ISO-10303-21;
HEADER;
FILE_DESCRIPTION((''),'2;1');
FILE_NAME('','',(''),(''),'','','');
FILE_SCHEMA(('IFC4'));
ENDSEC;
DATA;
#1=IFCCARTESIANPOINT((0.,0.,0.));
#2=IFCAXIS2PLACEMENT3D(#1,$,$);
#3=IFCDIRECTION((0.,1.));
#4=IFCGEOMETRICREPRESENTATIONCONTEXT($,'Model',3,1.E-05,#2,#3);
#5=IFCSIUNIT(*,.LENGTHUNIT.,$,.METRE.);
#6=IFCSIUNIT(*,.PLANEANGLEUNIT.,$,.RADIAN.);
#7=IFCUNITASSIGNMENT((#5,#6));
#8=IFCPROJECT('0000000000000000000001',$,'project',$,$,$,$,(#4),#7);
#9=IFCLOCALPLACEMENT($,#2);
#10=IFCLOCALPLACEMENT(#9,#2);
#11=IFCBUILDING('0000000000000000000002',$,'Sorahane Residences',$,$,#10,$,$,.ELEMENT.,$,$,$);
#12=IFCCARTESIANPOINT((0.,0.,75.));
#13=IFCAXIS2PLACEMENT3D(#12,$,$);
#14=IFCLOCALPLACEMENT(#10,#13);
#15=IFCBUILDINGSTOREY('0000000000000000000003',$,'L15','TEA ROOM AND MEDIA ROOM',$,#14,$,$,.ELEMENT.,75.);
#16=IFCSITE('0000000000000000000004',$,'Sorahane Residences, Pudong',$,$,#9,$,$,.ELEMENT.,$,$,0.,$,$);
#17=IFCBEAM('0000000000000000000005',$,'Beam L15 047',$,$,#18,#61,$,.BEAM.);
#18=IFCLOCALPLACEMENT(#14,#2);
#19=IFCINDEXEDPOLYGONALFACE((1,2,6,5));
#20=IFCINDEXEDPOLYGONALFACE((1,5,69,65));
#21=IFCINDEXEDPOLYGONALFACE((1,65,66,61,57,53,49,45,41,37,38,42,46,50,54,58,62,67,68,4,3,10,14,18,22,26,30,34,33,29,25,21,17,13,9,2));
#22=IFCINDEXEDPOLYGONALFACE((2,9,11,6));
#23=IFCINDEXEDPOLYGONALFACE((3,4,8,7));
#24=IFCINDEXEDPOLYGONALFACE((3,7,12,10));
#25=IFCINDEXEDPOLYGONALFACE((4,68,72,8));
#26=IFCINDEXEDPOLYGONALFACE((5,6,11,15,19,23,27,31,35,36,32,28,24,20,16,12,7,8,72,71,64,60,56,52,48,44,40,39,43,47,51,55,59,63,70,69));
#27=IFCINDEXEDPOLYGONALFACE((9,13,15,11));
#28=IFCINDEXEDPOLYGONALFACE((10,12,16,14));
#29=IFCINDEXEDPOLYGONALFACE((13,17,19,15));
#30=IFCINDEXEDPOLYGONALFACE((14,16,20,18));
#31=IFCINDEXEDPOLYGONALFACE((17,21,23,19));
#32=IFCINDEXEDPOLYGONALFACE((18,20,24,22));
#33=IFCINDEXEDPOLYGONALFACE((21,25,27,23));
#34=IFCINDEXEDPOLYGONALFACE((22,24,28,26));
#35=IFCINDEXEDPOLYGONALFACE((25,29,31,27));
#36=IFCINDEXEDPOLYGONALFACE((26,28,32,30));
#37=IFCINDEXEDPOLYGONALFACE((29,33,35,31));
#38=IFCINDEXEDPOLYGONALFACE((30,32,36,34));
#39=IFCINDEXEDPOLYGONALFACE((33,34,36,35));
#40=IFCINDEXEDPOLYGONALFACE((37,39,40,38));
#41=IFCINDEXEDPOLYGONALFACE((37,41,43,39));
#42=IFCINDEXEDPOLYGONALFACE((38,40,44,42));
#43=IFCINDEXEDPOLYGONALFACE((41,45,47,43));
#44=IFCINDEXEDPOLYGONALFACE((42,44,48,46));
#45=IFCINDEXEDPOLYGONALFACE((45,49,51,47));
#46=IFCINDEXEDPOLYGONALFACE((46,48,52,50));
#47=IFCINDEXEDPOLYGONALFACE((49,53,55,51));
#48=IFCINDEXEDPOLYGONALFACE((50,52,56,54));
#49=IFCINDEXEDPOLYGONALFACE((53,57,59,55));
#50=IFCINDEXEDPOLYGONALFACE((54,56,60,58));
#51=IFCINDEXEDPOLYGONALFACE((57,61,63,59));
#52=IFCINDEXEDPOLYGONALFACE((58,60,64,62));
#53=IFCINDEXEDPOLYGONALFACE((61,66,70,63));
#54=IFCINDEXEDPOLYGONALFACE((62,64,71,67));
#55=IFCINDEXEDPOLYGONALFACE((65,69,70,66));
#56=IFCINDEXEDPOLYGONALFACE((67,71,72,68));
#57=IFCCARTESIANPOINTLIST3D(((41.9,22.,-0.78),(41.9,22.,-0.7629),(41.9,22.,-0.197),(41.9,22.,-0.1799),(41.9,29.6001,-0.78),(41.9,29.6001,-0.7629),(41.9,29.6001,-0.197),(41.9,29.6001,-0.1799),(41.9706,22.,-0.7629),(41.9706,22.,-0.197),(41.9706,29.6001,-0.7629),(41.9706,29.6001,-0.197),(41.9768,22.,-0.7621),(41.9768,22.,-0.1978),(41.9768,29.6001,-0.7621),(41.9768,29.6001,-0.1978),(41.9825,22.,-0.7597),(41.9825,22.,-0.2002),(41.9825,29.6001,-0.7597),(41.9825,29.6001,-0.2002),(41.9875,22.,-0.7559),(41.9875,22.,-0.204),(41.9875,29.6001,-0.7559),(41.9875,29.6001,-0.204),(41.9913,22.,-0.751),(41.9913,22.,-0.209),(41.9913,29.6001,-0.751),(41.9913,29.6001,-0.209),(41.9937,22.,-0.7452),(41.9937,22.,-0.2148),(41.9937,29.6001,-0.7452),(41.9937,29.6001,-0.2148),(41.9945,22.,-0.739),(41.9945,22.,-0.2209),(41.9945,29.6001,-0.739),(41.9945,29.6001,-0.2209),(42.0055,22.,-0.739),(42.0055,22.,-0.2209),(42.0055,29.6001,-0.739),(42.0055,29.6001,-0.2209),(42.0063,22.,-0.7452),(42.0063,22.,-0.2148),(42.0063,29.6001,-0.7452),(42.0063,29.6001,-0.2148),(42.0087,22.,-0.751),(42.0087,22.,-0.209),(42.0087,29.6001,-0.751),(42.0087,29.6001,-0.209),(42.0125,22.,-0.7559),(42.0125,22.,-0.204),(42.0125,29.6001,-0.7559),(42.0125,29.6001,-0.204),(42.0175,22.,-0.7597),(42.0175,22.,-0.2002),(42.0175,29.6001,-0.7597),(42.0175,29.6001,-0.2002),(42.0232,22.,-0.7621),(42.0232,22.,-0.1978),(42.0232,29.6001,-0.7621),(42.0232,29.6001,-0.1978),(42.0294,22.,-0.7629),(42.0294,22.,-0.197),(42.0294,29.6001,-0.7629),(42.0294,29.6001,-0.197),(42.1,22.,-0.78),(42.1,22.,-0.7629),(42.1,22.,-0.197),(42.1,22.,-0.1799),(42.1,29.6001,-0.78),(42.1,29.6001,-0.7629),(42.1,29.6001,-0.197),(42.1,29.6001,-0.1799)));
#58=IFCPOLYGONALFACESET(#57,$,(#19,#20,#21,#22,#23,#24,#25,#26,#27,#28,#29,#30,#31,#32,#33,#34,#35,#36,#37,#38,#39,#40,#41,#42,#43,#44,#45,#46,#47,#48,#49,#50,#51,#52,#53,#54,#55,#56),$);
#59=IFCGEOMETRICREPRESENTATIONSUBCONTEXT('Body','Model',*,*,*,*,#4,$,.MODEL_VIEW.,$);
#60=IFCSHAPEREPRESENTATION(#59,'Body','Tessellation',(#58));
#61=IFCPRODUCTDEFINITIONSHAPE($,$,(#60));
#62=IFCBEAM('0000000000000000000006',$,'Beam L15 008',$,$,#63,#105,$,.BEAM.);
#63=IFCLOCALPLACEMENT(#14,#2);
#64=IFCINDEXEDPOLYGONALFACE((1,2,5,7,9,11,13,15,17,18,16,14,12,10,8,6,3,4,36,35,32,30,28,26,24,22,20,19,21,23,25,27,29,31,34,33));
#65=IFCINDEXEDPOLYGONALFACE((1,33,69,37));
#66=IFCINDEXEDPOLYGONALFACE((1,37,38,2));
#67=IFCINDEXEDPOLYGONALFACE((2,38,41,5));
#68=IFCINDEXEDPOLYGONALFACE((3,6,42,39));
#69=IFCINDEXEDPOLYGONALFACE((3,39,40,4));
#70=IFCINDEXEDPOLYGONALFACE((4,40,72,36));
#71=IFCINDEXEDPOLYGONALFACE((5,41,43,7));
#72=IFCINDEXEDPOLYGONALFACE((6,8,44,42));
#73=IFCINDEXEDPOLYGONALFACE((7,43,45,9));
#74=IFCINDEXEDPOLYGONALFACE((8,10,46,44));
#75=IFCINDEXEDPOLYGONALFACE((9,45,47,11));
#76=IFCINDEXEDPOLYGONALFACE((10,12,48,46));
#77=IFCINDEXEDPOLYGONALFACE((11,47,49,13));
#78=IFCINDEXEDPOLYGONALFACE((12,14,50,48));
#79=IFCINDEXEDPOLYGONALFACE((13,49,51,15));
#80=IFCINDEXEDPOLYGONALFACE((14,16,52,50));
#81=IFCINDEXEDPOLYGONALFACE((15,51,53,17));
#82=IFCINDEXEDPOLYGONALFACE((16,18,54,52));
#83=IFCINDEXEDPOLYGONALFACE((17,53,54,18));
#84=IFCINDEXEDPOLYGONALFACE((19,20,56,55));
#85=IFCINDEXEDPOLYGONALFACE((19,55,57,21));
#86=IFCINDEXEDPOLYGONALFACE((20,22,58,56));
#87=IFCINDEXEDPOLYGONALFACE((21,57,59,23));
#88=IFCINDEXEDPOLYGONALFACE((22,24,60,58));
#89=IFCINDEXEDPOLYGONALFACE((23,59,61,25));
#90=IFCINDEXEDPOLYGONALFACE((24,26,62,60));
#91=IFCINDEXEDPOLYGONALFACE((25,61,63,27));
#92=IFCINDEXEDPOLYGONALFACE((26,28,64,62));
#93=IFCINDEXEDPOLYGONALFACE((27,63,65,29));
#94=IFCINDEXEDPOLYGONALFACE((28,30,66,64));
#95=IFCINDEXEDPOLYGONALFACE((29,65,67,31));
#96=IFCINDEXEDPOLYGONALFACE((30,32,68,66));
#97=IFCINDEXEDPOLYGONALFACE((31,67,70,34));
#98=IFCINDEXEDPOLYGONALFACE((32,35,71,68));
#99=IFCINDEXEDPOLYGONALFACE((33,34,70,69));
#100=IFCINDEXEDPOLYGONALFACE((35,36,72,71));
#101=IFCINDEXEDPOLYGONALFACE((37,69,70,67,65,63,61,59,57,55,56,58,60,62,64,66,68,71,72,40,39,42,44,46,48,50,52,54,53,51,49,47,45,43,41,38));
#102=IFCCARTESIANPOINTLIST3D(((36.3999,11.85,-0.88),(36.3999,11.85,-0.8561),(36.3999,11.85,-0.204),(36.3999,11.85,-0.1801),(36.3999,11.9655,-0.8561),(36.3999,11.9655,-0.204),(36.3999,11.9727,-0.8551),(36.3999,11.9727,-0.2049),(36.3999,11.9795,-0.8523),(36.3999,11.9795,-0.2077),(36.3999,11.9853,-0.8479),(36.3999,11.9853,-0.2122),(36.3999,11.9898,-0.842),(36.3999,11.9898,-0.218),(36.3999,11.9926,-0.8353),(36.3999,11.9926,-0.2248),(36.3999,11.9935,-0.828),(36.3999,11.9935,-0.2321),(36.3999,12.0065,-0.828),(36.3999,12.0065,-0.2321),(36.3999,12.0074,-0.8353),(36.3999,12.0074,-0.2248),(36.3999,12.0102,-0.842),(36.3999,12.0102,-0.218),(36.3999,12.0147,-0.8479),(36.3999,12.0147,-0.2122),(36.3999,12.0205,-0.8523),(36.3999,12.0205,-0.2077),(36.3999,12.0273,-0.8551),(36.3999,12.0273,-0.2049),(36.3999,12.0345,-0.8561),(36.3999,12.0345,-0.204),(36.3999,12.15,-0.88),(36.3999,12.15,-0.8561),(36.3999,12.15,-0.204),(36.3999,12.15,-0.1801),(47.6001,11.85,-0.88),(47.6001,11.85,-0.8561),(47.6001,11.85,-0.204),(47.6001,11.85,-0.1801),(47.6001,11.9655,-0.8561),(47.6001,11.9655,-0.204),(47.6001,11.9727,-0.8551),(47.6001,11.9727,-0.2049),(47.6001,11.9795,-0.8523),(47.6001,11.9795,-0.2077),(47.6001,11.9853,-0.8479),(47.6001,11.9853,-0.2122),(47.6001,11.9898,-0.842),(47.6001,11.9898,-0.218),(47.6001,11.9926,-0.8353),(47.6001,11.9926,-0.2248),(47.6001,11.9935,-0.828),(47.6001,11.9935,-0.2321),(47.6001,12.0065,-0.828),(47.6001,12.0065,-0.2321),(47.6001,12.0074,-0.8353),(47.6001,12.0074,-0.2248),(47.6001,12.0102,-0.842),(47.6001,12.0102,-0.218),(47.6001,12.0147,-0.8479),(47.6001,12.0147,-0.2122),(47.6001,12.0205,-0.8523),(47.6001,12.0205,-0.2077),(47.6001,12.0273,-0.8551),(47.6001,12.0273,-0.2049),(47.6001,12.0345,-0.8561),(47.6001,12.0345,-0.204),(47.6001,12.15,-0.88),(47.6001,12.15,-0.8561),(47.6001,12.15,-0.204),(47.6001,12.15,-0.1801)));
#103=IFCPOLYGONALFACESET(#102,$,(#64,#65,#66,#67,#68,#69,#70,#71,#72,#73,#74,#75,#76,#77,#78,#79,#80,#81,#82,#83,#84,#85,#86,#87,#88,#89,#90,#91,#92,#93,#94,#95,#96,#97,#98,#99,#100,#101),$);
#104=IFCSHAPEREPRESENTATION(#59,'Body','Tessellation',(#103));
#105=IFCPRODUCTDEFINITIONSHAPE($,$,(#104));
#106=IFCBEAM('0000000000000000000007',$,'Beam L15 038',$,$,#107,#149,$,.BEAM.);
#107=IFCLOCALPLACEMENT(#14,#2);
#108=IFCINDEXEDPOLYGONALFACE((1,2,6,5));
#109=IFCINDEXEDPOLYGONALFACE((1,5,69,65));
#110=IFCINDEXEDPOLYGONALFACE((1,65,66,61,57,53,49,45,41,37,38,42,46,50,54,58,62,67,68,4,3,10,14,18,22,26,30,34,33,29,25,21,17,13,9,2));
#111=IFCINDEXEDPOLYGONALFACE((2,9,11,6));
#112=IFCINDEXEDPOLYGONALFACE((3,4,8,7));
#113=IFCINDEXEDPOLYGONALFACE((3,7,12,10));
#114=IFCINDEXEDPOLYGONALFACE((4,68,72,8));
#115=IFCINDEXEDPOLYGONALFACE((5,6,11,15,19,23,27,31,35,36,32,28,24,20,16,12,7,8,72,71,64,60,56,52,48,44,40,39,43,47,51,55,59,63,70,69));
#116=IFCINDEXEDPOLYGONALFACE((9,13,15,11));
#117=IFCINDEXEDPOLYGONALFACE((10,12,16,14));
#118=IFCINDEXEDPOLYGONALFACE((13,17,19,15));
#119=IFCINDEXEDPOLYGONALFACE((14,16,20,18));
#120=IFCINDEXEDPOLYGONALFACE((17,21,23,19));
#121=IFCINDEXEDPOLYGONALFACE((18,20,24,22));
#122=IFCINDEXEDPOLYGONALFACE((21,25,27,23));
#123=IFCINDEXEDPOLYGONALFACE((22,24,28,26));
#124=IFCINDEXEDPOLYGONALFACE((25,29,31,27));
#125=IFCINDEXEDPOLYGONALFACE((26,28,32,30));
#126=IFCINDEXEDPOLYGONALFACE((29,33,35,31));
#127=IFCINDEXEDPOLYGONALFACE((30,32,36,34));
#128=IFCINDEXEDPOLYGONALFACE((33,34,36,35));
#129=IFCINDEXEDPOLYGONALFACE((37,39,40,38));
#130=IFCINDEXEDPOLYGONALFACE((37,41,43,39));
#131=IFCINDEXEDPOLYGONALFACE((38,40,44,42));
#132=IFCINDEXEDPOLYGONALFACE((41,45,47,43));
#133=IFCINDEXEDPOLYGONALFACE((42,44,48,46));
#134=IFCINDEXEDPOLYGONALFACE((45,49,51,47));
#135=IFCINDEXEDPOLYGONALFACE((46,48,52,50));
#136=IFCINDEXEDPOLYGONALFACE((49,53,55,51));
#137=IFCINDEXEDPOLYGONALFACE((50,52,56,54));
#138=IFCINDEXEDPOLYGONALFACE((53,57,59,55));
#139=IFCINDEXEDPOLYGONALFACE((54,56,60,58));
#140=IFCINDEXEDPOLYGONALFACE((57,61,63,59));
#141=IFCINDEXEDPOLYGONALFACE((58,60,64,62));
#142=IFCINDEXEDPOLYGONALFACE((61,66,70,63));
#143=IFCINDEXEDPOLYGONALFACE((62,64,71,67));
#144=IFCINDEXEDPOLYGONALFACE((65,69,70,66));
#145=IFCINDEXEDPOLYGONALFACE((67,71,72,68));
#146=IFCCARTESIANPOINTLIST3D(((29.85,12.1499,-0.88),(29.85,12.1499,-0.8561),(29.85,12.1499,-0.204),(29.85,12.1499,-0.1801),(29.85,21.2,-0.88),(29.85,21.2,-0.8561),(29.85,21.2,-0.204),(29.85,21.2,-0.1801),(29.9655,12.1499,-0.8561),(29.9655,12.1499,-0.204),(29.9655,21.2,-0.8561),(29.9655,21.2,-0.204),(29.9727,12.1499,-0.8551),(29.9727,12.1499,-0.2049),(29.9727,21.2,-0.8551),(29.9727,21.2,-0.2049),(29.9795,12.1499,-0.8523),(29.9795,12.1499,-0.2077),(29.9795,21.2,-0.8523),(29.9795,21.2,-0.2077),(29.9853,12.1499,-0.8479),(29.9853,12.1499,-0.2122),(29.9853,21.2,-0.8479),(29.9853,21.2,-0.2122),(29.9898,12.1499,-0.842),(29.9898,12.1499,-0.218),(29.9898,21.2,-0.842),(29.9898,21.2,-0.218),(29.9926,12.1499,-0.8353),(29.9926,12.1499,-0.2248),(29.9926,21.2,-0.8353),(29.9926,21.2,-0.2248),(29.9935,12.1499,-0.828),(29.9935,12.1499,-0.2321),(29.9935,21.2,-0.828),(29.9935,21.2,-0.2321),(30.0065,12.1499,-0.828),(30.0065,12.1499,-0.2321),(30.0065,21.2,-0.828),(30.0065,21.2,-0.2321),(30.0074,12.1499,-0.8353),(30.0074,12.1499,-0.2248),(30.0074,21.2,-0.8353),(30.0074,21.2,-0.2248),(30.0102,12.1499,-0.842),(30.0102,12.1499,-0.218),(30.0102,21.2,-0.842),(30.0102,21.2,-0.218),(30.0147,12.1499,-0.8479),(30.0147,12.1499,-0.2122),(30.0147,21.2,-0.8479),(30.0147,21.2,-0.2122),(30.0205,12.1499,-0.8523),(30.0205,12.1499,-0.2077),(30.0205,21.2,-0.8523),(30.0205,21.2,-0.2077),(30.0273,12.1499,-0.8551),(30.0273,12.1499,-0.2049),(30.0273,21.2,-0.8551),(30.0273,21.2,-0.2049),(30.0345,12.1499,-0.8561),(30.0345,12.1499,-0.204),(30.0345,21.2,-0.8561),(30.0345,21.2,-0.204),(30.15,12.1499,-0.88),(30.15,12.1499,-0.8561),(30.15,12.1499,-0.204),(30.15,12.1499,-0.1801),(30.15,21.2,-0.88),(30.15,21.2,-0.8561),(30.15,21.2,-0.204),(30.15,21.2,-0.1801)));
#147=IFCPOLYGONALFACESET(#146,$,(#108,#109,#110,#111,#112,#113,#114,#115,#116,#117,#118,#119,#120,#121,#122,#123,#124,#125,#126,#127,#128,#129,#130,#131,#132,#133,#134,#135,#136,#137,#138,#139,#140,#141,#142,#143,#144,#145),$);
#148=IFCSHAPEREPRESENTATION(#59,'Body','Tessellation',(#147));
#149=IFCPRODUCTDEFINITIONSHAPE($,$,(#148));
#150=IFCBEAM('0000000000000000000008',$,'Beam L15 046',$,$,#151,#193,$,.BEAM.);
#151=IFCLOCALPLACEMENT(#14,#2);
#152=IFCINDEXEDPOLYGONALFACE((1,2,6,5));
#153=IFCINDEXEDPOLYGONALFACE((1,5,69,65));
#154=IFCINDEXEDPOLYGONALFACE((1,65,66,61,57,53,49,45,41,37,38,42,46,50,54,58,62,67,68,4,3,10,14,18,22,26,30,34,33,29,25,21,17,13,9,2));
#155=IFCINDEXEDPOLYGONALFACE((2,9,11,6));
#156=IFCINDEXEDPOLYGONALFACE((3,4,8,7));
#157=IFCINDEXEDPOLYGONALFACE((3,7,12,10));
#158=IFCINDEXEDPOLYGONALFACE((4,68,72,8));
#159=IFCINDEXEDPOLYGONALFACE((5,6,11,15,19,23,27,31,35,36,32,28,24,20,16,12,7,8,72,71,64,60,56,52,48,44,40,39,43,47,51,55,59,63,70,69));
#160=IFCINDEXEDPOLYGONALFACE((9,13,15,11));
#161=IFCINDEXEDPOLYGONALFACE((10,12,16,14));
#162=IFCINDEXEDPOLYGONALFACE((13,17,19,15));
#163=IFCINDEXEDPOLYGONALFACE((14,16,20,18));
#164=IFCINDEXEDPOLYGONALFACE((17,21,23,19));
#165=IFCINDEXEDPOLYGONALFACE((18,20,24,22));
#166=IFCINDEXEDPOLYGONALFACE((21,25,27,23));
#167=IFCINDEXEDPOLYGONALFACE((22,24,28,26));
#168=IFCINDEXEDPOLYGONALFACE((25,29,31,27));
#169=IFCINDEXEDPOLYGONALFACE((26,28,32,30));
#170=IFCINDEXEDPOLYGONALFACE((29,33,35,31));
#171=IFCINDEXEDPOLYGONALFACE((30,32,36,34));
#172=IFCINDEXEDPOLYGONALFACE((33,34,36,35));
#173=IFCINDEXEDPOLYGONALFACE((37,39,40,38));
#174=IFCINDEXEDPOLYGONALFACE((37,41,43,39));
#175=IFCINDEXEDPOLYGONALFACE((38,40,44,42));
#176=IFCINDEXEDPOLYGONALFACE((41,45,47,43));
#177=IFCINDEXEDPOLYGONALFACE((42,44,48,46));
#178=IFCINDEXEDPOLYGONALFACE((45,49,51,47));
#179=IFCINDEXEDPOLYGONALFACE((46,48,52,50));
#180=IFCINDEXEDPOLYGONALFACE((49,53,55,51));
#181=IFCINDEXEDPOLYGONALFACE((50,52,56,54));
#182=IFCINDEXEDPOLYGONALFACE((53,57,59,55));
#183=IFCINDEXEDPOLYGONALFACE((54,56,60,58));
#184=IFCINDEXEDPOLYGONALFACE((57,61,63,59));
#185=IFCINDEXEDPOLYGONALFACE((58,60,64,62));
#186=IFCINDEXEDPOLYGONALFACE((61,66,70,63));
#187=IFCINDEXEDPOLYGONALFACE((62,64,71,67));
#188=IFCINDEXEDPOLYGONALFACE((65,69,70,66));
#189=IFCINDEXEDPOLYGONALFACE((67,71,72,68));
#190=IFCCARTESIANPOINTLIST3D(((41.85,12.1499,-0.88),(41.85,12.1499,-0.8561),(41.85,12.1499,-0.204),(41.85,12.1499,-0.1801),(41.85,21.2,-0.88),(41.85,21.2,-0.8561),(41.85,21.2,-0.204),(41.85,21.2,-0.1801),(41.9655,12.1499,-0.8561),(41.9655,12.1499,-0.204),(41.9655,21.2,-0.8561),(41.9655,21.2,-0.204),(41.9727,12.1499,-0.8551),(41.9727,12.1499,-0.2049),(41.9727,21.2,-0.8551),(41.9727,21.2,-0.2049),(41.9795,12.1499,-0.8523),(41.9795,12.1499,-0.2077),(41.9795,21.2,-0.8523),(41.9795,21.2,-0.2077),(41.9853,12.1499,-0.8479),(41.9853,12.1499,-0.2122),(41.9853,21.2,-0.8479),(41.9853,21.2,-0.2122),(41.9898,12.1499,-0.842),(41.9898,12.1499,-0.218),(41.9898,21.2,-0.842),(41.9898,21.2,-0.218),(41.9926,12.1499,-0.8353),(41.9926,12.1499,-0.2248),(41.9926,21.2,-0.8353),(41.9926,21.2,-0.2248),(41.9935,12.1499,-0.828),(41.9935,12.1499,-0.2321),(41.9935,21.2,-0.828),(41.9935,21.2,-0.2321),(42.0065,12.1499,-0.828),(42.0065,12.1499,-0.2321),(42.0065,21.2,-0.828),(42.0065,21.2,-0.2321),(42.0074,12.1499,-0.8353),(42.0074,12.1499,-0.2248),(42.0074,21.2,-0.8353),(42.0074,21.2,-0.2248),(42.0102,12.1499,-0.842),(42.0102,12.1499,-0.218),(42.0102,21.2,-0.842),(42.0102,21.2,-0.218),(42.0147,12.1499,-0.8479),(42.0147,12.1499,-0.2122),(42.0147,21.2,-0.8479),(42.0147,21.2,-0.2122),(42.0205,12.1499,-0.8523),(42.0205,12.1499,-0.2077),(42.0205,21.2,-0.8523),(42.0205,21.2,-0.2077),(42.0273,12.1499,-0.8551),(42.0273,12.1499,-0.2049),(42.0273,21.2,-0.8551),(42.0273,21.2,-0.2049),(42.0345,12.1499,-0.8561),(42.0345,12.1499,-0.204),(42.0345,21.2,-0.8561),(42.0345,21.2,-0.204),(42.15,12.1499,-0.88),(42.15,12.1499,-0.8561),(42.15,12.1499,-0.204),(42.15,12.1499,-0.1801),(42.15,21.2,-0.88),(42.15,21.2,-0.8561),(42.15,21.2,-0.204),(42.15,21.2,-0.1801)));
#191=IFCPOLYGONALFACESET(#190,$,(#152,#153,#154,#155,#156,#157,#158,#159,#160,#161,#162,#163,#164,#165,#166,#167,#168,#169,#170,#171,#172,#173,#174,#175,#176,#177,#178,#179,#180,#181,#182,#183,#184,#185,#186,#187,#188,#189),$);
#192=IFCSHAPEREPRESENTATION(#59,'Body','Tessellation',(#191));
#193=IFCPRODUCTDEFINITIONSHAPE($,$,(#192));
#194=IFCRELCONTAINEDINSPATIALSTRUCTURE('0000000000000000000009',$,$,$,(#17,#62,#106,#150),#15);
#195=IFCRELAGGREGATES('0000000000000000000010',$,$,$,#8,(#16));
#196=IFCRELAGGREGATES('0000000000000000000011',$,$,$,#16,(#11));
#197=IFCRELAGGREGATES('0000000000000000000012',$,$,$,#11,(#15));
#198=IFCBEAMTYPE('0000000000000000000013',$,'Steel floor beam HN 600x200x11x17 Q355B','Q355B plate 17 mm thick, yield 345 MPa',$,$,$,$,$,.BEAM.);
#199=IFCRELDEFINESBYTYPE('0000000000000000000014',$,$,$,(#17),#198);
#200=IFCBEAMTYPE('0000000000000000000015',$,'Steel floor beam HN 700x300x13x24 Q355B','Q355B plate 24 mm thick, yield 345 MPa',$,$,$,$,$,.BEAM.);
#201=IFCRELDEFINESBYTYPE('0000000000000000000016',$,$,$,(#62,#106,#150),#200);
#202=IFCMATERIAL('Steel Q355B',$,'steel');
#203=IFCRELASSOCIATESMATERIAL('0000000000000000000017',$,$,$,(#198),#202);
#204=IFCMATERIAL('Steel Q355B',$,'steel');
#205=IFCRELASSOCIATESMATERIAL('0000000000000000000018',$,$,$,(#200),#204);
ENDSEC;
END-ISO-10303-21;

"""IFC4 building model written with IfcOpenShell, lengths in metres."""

from ifc_helpers import new_model, si_unit, direction, frame, origin, origin_2d, place, context, subcontext, project, spatial, i_section, extrude, material, material_profile, profile_set, type_object, element, save


model = new_model("IFC4")

# Units and contexts
model_context = context("Model", 3, precision=1e-05, world=origin(), true_north=direction((0.0, 1.0)))
body_context = subcontext(model_context, "Body", "Model", "MODEL_VIEW")
ifc_project = project(units=[si_unit("LENGTHUNIT", "METRE"), si_unit("PLANEANGLEUNIT", "RADIAN")], contexts=[model_context])

# Site, building, storey
site_placement = place(None, origin())
site = spatial("IfcSite", under=ifc_project, at=site_placement, Name="Sorahane Residences, Pudong", CompositionType="ELEMENT", RefElevation=0.0)
building_placement = place(site_placement, origin())
building = spatial("IfcBuilding", under=site, at=building_placement, Name="Sorahane Residences", CompositionType="ELEMENT")
storey_placement = place(building_placement, frame((0.0, 0.0, 75.0)))
storey = spatial("IfcBuildingStorey", under=building, at=storey_placement, Name="L15", Description="TEA ROOM AND MEDIA ROOM", CompositionType="ELEMENT", Elevation=75.0)

# Beams
ifc_material_1 = material(Name="Steel Q355B", Category="steel")
ifc_material_profile_1 = material_profile(ifc_material_1, i_section(OverallWidth=0.2, OverallDepth=0.6001, WebThickness=0.011, FlangeThickness=0.0171, FilletRadius=0.0239, at=origin_2d()), Name="HN 600x200x11x17")
ifc_profile_set_1 = profile_set([ifc_material_profile_1], Name="Steel Q355B")
beam_type_1 = type_object("IfcBeamType", Name="Steel floor beam HN 600x200x11x17 Q355B", Description="Q355B plate 17 mm thick, yield 345 MPa", PredefinedType="BEAM", material=ifc_profile_set_1)
for number, where, z_axis, x_axis, name in (
    (1, (42.0, 22.0, -0.48), (0.0, 1.0, 0.0), (-1.0, 0.0, 0.0), "Beam L15 047"),
):
    element("IfcBeam", number, at=place(storey_placement, frame(where, z_axis=z_axis, x_axis=x_axis)), inside=storey, type_object=beam_type_1, Name=name, PredefinedType="BEAM", context=body_context, shape_type="SweptSolid", body=[
        extrude(i_section(OverallWidth=0.2, OverallDepth=0.6001, WebThickness=0.011, FlangeThickness=0.0171, FilletRadius=0.0239, at=origin_2d()), origin(), (0.0, 0.0, 1.0), 7.6001),
    ])
ifc_material_2 = material(Name="Steel Q355B", Category="steel")
ifc_material_profile_2 = material_profile(ifc_material_2, i_section(OverallWidth=0.3, OverallDepth=0.7, WebThickness=0.0129, FlangeThickness=0.0239, FilletRadius=0.0281, at=origin_2d()), Name="HN 700x300x13x24")
ifc_profile_set_2 = profile_set([ifc_material_profile_2], Name="Steel Q355B")
beam_type_2 = type_object("IfcBeamType", Name="Steel floor beam HN 700x300x13x24 Q355B", Description="Q355B plate 24 mm thick, yield 345 MPa", PredefinedType="BEAM", material=ifc_profile_set_2)
beam_1_placement = place(storey_placement, frame((36.3999, 12.0, -0.53), z_axis=(1.0, 0.0, 0.0), x_axis=(0.0, 1.0, 0.0)))
element("IfcBeam", 2, at=beam_1_placement, inside=storey, type_object=beam_type_2, Name="Beam L15 008", PredefinedType="BEAM", context=body_context, shape_type="SweptSolid", body=[
    extrude(i_section(OverallWidth=0.3, OverallDepth=0.7, WebThickness=0.0129, FlangeThickness=0.0239, FilletRadius=0.0281, at=origin_2d()), origin(), (0.0, 0.0, 1.0), 11.2002),
])
for number, where, z_axis, x_axis, name in (
    (3, (30.0, 12.1499, -0.53), (0.0, 1.0, 0.0), (-1.0, 0.0, 0.0), "Beam L15 038"),
    (4, (42.0, 12.1499, -0.53), (0.0, 1.0, 0.0), (-1.0, 0.0, 0.0), "Beam L15 046"),
):
    element("IfcBeam", number, at=place(storey_placement, frame(where, z_axis=z_axis, x_axis=x_axis)), inside=storey, type_object=beam_type_2, Name=name, PredefinedType="BEAM", context=body_context, shape_type="SweptSolid", body=[
        extrude(i_section(OverallWidth=0.3, OverallDepth=0.7, WebThickness=0.0129, FlangeThickness=0.0239, FilletRadius=0.0281, at=origin_2d()), origin(), (0.0, 0.0, 1.0), 9.05),
    ])

save(model, "model.ifc")
